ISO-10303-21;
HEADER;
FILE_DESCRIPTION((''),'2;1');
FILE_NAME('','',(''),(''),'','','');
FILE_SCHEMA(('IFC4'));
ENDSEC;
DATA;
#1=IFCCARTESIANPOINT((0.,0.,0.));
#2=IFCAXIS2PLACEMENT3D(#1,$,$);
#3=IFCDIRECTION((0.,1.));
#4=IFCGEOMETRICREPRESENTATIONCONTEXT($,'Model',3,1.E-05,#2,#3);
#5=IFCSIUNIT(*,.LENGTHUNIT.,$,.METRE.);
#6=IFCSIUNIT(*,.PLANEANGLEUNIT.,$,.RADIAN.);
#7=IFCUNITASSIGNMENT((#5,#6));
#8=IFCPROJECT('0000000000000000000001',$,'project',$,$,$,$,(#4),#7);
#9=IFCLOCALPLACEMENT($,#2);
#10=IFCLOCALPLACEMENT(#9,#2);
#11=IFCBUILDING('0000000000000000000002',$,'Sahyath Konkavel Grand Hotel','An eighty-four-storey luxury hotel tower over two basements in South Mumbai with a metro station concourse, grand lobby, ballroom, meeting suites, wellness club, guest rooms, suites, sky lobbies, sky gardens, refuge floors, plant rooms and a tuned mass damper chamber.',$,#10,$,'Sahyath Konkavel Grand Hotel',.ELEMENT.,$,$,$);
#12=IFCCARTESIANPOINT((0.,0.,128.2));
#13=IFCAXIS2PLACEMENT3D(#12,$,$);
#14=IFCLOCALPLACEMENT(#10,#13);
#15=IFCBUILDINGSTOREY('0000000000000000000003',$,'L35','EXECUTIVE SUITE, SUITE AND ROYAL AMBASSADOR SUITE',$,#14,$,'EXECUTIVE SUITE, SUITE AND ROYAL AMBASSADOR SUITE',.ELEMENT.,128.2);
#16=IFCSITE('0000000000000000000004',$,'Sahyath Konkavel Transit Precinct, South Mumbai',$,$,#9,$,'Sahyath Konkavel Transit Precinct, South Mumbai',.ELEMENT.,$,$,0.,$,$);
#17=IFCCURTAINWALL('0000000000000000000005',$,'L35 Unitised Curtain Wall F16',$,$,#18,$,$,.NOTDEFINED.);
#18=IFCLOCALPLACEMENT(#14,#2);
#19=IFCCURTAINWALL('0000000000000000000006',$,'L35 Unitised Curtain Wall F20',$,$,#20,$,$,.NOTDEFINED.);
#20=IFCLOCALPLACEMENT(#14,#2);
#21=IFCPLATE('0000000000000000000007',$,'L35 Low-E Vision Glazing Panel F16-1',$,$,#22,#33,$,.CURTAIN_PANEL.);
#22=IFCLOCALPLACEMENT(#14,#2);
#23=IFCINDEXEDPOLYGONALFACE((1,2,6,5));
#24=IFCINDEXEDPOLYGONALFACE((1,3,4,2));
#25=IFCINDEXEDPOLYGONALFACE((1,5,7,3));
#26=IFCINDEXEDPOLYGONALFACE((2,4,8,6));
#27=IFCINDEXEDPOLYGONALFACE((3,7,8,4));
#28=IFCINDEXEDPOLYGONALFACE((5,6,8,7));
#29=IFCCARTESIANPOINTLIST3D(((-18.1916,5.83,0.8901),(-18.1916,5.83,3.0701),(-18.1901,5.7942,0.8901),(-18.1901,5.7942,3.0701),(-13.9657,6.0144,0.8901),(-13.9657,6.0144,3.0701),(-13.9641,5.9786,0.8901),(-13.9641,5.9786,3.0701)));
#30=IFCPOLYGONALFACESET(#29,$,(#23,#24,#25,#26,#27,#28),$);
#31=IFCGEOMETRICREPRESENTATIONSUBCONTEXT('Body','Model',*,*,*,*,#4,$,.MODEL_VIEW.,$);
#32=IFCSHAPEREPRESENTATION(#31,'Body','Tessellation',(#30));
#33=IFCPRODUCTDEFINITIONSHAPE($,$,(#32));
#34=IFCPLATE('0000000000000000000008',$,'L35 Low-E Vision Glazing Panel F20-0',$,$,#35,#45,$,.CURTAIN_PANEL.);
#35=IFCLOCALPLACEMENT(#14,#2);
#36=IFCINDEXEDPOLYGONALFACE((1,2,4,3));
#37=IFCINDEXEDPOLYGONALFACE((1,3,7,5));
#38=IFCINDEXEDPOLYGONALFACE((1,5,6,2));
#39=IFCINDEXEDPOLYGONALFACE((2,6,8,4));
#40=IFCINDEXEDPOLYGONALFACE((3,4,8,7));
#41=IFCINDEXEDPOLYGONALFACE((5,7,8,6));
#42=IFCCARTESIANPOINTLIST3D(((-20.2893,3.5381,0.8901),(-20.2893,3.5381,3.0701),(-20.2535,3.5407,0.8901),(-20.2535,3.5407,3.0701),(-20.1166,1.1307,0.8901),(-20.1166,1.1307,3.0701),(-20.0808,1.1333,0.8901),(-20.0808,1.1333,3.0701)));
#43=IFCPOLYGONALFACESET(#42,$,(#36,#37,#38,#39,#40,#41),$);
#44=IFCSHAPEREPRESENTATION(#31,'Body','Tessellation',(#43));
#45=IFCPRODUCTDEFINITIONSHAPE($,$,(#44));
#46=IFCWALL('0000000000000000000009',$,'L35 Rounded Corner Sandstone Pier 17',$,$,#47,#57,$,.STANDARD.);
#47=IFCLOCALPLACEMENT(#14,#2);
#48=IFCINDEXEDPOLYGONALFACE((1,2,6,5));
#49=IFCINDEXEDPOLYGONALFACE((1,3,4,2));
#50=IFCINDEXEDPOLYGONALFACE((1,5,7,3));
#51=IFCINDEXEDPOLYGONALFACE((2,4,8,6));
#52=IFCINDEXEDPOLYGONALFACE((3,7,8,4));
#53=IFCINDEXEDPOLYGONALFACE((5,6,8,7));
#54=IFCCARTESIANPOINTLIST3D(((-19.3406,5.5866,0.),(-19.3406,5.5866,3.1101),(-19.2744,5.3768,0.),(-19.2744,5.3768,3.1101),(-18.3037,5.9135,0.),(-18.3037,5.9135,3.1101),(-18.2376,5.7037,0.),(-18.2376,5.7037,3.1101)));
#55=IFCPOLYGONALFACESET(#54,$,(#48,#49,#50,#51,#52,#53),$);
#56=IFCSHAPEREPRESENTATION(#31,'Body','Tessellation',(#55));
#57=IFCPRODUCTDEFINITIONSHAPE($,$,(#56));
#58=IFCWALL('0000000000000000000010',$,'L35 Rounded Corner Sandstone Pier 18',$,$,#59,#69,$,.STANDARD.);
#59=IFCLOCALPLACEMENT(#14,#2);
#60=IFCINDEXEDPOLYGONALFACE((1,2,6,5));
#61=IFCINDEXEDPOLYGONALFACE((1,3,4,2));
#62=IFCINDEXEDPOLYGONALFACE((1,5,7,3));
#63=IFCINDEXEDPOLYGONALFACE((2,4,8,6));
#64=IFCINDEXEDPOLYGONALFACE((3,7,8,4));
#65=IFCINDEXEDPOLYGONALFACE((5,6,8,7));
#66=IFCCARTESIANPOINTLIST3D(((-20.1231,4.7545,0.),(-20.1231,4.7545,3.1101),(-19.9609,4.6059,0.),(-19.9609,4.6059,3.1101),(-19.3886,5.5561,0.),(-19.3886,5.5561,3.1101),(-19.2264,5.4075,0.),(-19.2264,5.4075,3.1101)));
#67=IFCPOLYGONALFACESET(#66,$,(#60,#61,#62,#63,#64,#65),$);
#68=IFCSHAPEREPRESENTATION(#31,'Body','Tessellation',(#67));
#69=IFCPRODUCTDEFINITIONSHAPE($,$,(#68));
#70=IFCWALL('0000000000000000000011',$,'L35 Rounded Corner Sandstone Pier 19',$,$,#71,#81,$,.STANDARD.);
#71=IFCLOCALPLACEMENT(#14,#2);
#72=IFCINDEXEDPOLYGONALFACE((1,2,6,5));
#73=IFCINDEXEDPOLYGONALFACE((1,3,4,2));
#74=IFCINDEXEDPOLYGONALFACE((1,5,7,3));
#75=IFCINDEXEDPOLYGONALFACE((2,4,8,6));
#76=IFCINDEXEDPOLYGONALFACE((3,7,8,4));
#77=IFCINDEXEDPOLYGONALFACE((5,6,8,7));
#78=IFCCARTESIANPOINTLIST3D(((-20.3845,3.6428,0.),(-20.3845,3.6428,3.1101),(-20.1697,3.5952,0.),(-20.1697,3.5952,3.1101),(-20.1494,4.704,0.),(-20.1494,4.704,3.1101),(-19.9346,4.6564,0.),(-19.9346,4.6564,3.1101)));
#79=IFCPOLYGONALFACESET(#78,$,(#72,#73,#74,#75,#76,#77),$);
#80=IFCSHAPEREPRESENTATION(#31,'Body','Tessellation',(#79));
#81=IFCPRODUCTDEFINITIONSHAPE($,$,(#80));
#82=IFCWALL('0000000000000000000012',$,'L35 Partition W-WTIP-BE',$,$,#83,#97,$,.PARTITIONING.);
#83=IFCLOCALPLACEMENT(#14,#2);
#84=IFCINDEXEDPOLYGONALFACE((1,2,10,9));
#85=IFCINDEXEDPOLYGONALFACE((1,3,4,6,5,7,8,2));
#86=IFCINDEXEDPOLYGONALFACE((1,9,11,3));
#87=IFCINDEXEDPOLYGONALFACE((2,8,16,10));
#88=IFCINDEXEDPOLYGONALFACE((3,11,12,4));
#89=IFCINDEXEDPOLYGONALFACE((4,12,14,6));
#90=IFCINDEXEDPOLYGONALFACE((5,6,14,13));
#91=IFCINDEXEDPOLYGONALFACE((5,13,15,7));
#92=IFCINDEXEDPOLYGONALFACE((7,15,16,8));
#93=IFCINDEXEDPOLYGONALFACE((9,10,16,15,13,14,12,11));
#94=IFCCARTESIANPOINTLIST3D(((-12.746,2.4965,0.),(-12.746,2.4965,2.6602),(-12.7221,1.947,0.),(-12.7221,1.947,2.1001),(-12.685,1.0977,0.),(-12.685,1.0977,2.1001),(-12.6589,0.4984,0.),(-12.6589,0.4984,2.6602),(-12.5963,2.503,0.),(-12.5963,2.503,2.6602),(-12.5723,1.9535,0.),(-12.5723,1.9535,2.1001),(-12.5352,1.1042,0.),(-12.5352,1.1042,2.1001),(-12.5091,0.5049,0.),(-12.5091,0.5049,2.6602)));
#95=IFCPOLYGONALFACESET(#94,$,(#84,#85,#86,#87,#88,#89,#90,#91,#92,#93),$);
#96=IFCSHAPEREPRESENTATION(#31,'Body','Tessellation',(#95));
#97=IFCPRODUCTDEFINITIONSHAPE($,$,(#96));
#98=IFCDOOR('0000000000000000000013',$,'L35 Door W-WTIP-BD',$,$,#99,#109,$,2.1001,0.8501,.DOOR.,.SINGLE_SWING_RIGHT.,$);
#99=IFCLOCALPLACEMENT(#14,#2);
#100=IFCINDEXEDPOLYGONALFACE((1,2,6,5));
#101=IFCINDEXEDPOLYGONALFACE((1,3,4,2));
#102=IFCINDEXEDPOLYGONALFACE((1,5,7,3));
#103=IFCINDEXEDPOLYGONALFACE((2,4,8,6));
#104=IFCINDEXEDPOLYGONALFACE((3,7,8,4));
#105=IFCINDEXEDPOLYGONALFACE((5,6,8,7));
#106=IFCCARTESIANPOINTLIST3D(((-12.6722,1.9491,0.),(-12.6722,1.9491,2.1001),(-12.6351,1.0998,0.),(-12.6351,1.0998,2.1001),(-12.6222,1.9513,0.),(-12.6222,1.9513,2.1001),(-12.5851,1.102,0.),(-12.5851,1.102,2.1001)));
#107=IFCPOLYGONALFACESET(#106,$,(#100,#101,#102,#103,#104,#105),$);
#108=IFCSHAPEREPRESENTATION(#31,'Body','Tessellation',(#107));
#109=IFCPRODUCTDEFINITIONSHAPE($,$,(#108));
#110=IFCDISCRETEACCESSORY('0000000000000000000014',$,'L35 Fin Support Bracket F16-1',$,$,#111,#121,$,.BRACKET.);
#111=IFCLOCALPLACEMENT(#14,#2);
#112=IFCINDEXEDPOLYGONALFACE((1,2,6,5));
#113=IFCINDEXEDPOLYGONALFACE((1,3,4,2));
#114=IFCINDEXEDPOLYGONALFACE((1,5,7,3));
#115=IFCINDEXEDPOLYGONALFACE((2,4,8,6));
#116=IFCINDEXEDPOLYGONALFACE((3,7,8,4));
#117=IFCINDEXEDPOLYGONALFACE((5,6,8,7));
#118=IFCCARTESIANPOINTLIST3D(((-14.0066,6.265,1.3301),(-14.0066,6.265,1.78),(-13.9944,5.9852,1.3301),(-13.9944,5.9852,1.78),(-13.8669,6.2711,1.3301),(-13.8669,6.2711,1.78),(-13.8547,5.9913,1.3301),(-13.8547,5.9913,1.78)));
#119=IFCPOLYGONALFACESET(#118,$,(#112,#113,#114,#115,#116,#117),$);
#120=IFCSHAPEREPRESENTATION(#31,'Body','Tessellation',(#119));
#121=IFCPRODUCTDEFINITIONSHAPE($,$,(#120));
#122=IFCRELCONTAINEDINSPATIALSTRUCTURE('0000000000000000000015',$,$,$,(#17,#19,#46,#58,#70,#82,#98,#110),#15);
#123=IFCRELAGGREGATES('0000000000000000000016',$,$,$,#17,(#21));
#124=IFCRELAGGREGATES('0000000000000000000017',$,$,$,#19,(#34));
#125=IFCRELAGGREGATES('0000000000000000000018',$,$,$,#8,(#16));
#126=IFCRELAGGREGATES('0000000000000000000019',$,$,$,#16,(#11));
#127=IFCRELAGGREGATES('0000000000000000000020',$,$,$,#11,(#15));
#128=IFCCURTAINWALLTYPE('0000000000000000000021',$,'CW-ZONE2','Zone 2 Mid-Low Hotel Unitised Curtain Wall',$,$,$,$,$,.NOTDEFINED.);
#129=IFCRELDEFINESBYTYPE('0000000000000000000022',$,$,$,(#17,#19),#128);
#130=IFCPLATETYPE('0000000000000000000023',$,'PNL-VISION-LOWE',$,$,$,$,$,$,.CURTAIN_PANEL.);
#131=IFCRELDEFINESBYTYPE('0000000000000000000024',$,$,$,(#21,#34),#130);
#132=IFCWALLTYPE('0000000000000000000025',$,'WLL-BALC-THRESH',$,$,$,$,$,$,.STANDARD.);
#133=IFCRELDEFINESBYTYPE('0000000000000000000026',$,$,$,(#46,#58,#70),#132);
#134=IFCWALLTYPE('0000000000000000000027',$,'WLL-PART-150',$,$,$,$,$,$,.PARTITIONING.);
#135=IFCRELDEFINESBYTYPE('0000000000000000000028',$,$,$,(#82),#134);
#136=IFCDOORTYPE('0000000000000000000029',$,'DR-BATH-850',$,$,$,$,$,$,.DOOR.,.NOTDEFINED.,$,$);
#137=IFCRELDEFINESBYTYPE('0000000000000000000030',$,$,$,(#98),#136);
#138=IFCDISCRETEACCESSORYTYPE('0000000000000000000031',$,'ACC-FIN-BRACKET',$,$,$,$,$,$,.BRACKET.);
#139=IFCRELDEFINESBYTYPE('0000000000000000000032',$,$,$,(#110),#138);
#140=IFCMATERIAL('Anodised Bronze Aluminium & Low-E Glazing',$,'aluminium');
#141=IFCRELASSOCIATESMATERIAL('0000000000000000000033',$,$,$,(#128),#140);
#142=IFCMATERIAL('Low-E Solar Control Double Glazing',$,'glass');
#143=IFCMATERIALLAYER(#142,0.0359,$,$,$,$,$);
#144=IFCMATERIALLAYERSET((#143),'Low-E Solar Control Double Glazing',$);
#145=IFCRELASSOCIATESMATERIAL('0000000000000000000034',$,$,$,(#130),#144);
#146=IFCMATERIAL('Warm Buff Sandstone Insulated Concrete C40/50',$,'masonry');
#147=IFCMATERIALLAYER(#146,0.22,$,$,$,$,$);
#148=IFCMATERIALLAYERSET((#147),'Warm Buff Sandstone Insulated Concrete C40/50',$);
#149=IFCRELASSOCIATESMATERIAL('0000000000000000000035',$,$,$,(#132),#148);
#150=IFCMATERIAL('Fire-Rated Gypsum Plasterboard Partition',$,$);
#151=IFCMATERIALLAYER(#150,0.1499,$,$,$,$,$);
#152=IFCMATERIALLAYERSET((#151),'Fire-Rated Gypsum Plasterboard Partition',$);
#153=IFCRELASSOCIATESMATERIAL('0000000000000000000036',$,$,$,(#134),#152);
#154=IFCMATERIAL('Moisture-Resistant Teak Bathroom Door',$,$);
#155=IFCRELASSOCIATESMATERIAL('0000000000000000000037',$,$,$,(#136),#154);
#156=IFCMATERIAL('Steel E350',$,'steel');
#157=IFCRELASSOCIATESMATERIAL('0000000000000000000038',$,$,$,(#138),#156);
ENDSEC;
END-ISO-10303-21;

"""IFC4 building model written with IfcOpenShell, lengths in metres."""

from ifc_helpers import new_model, si_unit, direction, frame, frame_2d, origin, origin_2d, place, context, subcontext, project, spatial, rectangle, extrude, source, transform, mapped, material, layer, layer_set, type_object, element, fill, aggregate, save


model = new_model("IFC4")

# Units and contexts
model_context = context("Model", 3, precision=1e-05, world=origin(), true_north=direction((0.0, 1.0)))
body_context = subcontext(model_context, "Body", "Model", "MODEL_VIEW")
ifc_project = project(units=[si_unit("LENGTHUNIT", "METRE"), si_unit("PLANEANGLEUNIT", "RADIAN")], contexts=[model_context])

# Site, building, storey
site_placement = place(None, origin())
site = spatial("IfcSite", under=ifc_project, at=site_placement, Name="Sahyath Konkavel Transit Precinct, South Mumbai", LongName="Sahyath Konkavel Transit Precinct, South Mumbai", CompositionType="ELEMENT", RefElevation=0.0)
building_placement = place(site_placement, origin())
building = spatial("IfcBuilding", under=site, at=building_placement, Name="Sahyath Konkavel Grand Hotel", Description="An eighty-four-storey luxury hotel tower over two basements in South Mumbai with a metro station concourse, grand lobby, ballroom, meeting suites, wellness club, guest rooms, suites, sky lobbies, sky gardens, refuge floors, plant rooms and a tuned mass damper chamber.", LongName="Sahyath Konkavel Grand Hotel", CompositionType="ELEMENT")
storey_placement = place(building_placement, frame((0.0, 0.0, 128.2)))
storey = spatial("IfcBuildingStorey", under=building, at=storey_placement, Name="L35", Description="EXECUTIVE SUITE, SUITE AND ROYAL AMBASSADOR SUITE", LongName="EXECUTIVE SUITE, SUITE AND ROYAL AMBASSADOR SUITE", CompositionType="ELEMENT", Elevation=128.2)

# Shared definitions
ifc_material_1 = material(Name="Steel E350", Category="steel")

# Curtain walls
ifc_material_2 = material(Name="Anodised Bronze Aluminium & Low-E Glazing", Category="aluminium")
curtain_wall_type = type_object("IfcCurtainWallType", Name="CW-ZONE2", Description="Zone 2 Mid-Low Hotel Unitised Curtain Wall", PredefinedType="NOTDEFINED", material=ifc_material_2)
curtain_wall_1_placement = place(storey_placement, origin())
curtain_wall_1 = element("IfcCurtainWall", 1, at=curtain_wall_1_placement, inside=storey, type_object=curtain_wall_type, Name="L35 Unitised Curtain Wall F16", PredefinedType="NOTDEFINED")
curtain_wall_2_placement = place(storey_placement, origin())
curtain_wall_2 = element("IfcCurtainWall", 2, at=curtain_wall_2_placement, inside=storey, type_object=curtain_wall_type, Name="L35 Unitised Curtain Wall F20", PredefinedType="NOTDEFINED")

# Plates
ifc_material_3 = material(Name="Low-E Solar Control Double Glazing", Category="glass")
ifc_layer_1 = layer(ifc_material_3, 0.0359)
ifc_layer_set_1 = layer_set([ifc_layer_1], Name="Low-E Solar Control Double Glazing")
plate_type_1 = type_object("IfcPlateType", Name="PNL-VISION-LOWE", PredefinedType="CURTAIN_PANEL", material=ifc_layer_set_1)
shared_shape_1 = source(origin(), body_context, "Body", "SweptSolid", [
    extrude(rectangle(XDim=4.23, YDim=0.0359, at=origin_2d()), origin(), (0.0, 0.0, 1.0), 2.1799),
])
plate_1_placement = place(storey_placement, frame((-16.0779, 5.9043, 0.8901), z_axis=(0.0, 0.0, 1.0), x_axis=(-0.999049, -0.043602, 0.0)))
plate_1 = element("IfcPlate", 3, at=plate_1_placement, type_object=plate_type_1, Name="L35 Low-E Vision Glazing Panel F16-1", PredefinedType="CURTAIN_PANEL", context=body_context, shape_type="MappedRepresentation", body=[
    mapped(shared_shape_1, transform((0.0, 0.0, 0.0), scale=1.0)),
])
aggregate(curtain_wall_1, [plate_1])
shared_shape_2 = source(origin(), body_context, "Body", "SweptSolid", [
    extrude(rectangle(XDim=2.4136, YDim=0.0359, at=origin_2d()), origin(), (0.0, 0.0, 1.0), 2.1799),
])
plate_2_placement = place(storey_placement, frame((-20.1851, 2.3357, 0.8901), z_axis=(0.0, 0.0, 1.0), x_axis=(0.071567, -0.997436, 0.0)))
plate_2 = element("IfcPlate", 4, at=plate_2_placement, type_object=plate_type_1, Name="L35 Low-E Vision Glazing Panel F20-0", PredefinedType="CURTAIN_PANEL", context=body_context, shape_type="MappedRepresentation", body=[
    mapped(shared_shape_2, transform((0.0, 0.0, 0.0), scale=1.0)),
])
aggregate(curtain_wall_2, [plate_2])

# Walls
ifc_material_4 = material(Name="Warm Buff Sandstone Insulated Concrete C40/50", Category="masonry")
ifc_layer_2 = layer(ifc_material_4, 0.22)
ifc_layer_set_2 = layer_set([ifc_layer_2], Name="Warm Buff Sandstone Insulated Concrete C40/50")
wall_type_1 = type_object("IfcWallType", Name="WLL-BALC-THRESH", PredefinedType="STANDARD", material=ifc_layer_set_2)
for number, where, z_axis, x_axis, name in (
    (5, (-18.2708, 5.8086, 0.0), (0.0, 0.0, 1.0), (-0.953722, -0.300691, 0.0), "L35 Rounded Corner Sandstone Pier 17"),
    (6, (-19.3076, 5.4817, 0.0), (0.0, 0.0, 1.0), (-0.675552, -0.737313, 0.0), "L35 Rounded Corner Sandstone Pier 18"),
):
    element("IfcWall", number, at=place(storey_placement, frame(where, z_axis=z_axis, x_axis=x_axis)), inside=storey, type_object=wall_type_1, Name=name, PredefinedType="STANDARD", context=body_context, shape_type="SweptSolid", body=[
        extrude(rectangle(XDim=1.0872, YDim=0.22, at=frame_2d((0.5435, 0.0))), origin(), (0.0, 0.0, 1.0), 3.1101),
    ])
wall_1_placement = place(storey_placement, frame((-20.042, 4.6802, 0.0), z_axis=(0.0, 0.0, 1.0), x_axis=(-0.216288, -0.97633, 0.0)))
element("IfcWall", 7, at=wall_1_placement, inside=storey, type_object=wall_type_1, Name="L35 Rounded Corner Sandstone Pier 19", PredefinedType="STANDARD", context=body_context, shape_type="SweptSolid", body=[
    extrude(rectangle(XDim=1.0869, YDim=0.22, at=frame_2d((0.5435, 0.0))), origin(), (0.0, 0.0, 1.0), 3.1101),
])

# Wall, opening, door
ifc_material_5 = material(Name="Fire-Rated Gypsum Plasterboard Partition")
ifc_layer_3 = layer(ifc_material_5, 0.1499)
ifc_layer_set_3 = layer_set([ifc_layer_3], Name="Fire-Rated Gypsum Plasterboard Partition")
wall_type_2 = type_object("IfcWallType", Name="WLL-PART-150", PredefinedType="PARTITIONING", material=ifc_layer_set_3)
wall_2_placement = place(storey_placement, frame((-12.6711, 2.4998, 0.0), z_axis=(0.0, 0.0, 1.0), x_axis=(0.04358, -0.99905, 0.0)))
wall_2 = element("IfcWall", 8, at=wall_2_placement, inside=storey, type_object=wall_type_2, Name="L35 Partition W-WTIP-BE", PredefinedType="PARTITIONING", context=body_context, shape_type="SweptSolid", body=[
    extrude(rectangle(XDim=2.0, YDim=0.1499, at=frame_2d((1.0, 0.0))), origin(), (0.0, 0.0, 1.0), 2.6602),
])
opening_placement = place(wall_2_placement, frame((0.55, 0.0, 0.0)))
opening = element("IfcOpeningElement", 9, at=opening_placement, cuts=wall_2, PredefinedType="OPENING", context=body_context, shape_type="SweptSolid", body=[
    extrude(rectangle(XDim=0.8501, YDim=2.1001, at=frame_2d((0.425, 1.05))), frame((0.0, 0.085, 0.0), z_axis=(0.0, -1.0, 0.0), x_axis=(1.0, 0.0, 0.0)), (0.0, 0.0, 1.0), 0.1699),
])
ifc_material_6 = material(Name="Moisture-Resistant Teak Bathroom Door")
door_type = type_object("IfcDoorType", Name="DR-BATH-850", OperationType="NOTDEFINED", PredefinedType="DOOR", material=ifc_material_6)
shared_shape_3 = source(origin(), body_context, "Body", "SweptSolid", [
    extrude(rectangle(XDim=0.8501, YDim=0.05, at=origin_2d()), origin(), (0.0, 0.0, 1.0), 2.1001),
])
door_placement = place(opening_placement, frame((0.425, 0.0, 0.0)))
door = element("IfcDoor", 10, at=door_placement, inside=storey, type_object=door_type, Name="L35 Door W-WTIP-BD", OperationType="SINGLE_SWING_RIGHT", OverallHeight=2.1001, OverallWidth=0.8501, PredefinedType="DOOR", context=body_context, shape_type="MappedRepresentation", body=[
    mapped(shared_shape_3, transform((0.0, 0.0, 0.0), scale=1.0)),
])
fill(opening, door)

# Discrete accessory
discrete_accessory_type = type_object("IfcDiscreteAccessoryType", Name="ACC-FIN-BRACKET", PredefinedType="BRACKET", material=ifc_material_1)
shared_shape_4 = source(origin(), body_context, "Body", "SweptSolid", [
    extrude(rectangle(XDim=0.28, YDim=0.1399, at=origin_2d()), origin(), (0.0, 0.0, 1.0), 0.45),
])
discrete_accessory_placement = place(storey_placement, frame((-13.9307, 6.1282, 1.3301), z_axis=(0.0, 0.0, 1.0), x_axis=(-0.043602, 0.999049, 0.0)))
element("IfcDiscreteAccessory", 11, at=discrete_accessory_placement, inside=storey, type_object=discrete_accessory_type, Name="L35 Fin Support Bracket F16-1", PredefinedType="BRACKET", context=body_context, shape_type="MappedRepresentation", body=[
    mapped(shared_shape_4, transform((0.0, 0.0, 0.0), scale=1.0)),
])

save(model, "model.ifc")
